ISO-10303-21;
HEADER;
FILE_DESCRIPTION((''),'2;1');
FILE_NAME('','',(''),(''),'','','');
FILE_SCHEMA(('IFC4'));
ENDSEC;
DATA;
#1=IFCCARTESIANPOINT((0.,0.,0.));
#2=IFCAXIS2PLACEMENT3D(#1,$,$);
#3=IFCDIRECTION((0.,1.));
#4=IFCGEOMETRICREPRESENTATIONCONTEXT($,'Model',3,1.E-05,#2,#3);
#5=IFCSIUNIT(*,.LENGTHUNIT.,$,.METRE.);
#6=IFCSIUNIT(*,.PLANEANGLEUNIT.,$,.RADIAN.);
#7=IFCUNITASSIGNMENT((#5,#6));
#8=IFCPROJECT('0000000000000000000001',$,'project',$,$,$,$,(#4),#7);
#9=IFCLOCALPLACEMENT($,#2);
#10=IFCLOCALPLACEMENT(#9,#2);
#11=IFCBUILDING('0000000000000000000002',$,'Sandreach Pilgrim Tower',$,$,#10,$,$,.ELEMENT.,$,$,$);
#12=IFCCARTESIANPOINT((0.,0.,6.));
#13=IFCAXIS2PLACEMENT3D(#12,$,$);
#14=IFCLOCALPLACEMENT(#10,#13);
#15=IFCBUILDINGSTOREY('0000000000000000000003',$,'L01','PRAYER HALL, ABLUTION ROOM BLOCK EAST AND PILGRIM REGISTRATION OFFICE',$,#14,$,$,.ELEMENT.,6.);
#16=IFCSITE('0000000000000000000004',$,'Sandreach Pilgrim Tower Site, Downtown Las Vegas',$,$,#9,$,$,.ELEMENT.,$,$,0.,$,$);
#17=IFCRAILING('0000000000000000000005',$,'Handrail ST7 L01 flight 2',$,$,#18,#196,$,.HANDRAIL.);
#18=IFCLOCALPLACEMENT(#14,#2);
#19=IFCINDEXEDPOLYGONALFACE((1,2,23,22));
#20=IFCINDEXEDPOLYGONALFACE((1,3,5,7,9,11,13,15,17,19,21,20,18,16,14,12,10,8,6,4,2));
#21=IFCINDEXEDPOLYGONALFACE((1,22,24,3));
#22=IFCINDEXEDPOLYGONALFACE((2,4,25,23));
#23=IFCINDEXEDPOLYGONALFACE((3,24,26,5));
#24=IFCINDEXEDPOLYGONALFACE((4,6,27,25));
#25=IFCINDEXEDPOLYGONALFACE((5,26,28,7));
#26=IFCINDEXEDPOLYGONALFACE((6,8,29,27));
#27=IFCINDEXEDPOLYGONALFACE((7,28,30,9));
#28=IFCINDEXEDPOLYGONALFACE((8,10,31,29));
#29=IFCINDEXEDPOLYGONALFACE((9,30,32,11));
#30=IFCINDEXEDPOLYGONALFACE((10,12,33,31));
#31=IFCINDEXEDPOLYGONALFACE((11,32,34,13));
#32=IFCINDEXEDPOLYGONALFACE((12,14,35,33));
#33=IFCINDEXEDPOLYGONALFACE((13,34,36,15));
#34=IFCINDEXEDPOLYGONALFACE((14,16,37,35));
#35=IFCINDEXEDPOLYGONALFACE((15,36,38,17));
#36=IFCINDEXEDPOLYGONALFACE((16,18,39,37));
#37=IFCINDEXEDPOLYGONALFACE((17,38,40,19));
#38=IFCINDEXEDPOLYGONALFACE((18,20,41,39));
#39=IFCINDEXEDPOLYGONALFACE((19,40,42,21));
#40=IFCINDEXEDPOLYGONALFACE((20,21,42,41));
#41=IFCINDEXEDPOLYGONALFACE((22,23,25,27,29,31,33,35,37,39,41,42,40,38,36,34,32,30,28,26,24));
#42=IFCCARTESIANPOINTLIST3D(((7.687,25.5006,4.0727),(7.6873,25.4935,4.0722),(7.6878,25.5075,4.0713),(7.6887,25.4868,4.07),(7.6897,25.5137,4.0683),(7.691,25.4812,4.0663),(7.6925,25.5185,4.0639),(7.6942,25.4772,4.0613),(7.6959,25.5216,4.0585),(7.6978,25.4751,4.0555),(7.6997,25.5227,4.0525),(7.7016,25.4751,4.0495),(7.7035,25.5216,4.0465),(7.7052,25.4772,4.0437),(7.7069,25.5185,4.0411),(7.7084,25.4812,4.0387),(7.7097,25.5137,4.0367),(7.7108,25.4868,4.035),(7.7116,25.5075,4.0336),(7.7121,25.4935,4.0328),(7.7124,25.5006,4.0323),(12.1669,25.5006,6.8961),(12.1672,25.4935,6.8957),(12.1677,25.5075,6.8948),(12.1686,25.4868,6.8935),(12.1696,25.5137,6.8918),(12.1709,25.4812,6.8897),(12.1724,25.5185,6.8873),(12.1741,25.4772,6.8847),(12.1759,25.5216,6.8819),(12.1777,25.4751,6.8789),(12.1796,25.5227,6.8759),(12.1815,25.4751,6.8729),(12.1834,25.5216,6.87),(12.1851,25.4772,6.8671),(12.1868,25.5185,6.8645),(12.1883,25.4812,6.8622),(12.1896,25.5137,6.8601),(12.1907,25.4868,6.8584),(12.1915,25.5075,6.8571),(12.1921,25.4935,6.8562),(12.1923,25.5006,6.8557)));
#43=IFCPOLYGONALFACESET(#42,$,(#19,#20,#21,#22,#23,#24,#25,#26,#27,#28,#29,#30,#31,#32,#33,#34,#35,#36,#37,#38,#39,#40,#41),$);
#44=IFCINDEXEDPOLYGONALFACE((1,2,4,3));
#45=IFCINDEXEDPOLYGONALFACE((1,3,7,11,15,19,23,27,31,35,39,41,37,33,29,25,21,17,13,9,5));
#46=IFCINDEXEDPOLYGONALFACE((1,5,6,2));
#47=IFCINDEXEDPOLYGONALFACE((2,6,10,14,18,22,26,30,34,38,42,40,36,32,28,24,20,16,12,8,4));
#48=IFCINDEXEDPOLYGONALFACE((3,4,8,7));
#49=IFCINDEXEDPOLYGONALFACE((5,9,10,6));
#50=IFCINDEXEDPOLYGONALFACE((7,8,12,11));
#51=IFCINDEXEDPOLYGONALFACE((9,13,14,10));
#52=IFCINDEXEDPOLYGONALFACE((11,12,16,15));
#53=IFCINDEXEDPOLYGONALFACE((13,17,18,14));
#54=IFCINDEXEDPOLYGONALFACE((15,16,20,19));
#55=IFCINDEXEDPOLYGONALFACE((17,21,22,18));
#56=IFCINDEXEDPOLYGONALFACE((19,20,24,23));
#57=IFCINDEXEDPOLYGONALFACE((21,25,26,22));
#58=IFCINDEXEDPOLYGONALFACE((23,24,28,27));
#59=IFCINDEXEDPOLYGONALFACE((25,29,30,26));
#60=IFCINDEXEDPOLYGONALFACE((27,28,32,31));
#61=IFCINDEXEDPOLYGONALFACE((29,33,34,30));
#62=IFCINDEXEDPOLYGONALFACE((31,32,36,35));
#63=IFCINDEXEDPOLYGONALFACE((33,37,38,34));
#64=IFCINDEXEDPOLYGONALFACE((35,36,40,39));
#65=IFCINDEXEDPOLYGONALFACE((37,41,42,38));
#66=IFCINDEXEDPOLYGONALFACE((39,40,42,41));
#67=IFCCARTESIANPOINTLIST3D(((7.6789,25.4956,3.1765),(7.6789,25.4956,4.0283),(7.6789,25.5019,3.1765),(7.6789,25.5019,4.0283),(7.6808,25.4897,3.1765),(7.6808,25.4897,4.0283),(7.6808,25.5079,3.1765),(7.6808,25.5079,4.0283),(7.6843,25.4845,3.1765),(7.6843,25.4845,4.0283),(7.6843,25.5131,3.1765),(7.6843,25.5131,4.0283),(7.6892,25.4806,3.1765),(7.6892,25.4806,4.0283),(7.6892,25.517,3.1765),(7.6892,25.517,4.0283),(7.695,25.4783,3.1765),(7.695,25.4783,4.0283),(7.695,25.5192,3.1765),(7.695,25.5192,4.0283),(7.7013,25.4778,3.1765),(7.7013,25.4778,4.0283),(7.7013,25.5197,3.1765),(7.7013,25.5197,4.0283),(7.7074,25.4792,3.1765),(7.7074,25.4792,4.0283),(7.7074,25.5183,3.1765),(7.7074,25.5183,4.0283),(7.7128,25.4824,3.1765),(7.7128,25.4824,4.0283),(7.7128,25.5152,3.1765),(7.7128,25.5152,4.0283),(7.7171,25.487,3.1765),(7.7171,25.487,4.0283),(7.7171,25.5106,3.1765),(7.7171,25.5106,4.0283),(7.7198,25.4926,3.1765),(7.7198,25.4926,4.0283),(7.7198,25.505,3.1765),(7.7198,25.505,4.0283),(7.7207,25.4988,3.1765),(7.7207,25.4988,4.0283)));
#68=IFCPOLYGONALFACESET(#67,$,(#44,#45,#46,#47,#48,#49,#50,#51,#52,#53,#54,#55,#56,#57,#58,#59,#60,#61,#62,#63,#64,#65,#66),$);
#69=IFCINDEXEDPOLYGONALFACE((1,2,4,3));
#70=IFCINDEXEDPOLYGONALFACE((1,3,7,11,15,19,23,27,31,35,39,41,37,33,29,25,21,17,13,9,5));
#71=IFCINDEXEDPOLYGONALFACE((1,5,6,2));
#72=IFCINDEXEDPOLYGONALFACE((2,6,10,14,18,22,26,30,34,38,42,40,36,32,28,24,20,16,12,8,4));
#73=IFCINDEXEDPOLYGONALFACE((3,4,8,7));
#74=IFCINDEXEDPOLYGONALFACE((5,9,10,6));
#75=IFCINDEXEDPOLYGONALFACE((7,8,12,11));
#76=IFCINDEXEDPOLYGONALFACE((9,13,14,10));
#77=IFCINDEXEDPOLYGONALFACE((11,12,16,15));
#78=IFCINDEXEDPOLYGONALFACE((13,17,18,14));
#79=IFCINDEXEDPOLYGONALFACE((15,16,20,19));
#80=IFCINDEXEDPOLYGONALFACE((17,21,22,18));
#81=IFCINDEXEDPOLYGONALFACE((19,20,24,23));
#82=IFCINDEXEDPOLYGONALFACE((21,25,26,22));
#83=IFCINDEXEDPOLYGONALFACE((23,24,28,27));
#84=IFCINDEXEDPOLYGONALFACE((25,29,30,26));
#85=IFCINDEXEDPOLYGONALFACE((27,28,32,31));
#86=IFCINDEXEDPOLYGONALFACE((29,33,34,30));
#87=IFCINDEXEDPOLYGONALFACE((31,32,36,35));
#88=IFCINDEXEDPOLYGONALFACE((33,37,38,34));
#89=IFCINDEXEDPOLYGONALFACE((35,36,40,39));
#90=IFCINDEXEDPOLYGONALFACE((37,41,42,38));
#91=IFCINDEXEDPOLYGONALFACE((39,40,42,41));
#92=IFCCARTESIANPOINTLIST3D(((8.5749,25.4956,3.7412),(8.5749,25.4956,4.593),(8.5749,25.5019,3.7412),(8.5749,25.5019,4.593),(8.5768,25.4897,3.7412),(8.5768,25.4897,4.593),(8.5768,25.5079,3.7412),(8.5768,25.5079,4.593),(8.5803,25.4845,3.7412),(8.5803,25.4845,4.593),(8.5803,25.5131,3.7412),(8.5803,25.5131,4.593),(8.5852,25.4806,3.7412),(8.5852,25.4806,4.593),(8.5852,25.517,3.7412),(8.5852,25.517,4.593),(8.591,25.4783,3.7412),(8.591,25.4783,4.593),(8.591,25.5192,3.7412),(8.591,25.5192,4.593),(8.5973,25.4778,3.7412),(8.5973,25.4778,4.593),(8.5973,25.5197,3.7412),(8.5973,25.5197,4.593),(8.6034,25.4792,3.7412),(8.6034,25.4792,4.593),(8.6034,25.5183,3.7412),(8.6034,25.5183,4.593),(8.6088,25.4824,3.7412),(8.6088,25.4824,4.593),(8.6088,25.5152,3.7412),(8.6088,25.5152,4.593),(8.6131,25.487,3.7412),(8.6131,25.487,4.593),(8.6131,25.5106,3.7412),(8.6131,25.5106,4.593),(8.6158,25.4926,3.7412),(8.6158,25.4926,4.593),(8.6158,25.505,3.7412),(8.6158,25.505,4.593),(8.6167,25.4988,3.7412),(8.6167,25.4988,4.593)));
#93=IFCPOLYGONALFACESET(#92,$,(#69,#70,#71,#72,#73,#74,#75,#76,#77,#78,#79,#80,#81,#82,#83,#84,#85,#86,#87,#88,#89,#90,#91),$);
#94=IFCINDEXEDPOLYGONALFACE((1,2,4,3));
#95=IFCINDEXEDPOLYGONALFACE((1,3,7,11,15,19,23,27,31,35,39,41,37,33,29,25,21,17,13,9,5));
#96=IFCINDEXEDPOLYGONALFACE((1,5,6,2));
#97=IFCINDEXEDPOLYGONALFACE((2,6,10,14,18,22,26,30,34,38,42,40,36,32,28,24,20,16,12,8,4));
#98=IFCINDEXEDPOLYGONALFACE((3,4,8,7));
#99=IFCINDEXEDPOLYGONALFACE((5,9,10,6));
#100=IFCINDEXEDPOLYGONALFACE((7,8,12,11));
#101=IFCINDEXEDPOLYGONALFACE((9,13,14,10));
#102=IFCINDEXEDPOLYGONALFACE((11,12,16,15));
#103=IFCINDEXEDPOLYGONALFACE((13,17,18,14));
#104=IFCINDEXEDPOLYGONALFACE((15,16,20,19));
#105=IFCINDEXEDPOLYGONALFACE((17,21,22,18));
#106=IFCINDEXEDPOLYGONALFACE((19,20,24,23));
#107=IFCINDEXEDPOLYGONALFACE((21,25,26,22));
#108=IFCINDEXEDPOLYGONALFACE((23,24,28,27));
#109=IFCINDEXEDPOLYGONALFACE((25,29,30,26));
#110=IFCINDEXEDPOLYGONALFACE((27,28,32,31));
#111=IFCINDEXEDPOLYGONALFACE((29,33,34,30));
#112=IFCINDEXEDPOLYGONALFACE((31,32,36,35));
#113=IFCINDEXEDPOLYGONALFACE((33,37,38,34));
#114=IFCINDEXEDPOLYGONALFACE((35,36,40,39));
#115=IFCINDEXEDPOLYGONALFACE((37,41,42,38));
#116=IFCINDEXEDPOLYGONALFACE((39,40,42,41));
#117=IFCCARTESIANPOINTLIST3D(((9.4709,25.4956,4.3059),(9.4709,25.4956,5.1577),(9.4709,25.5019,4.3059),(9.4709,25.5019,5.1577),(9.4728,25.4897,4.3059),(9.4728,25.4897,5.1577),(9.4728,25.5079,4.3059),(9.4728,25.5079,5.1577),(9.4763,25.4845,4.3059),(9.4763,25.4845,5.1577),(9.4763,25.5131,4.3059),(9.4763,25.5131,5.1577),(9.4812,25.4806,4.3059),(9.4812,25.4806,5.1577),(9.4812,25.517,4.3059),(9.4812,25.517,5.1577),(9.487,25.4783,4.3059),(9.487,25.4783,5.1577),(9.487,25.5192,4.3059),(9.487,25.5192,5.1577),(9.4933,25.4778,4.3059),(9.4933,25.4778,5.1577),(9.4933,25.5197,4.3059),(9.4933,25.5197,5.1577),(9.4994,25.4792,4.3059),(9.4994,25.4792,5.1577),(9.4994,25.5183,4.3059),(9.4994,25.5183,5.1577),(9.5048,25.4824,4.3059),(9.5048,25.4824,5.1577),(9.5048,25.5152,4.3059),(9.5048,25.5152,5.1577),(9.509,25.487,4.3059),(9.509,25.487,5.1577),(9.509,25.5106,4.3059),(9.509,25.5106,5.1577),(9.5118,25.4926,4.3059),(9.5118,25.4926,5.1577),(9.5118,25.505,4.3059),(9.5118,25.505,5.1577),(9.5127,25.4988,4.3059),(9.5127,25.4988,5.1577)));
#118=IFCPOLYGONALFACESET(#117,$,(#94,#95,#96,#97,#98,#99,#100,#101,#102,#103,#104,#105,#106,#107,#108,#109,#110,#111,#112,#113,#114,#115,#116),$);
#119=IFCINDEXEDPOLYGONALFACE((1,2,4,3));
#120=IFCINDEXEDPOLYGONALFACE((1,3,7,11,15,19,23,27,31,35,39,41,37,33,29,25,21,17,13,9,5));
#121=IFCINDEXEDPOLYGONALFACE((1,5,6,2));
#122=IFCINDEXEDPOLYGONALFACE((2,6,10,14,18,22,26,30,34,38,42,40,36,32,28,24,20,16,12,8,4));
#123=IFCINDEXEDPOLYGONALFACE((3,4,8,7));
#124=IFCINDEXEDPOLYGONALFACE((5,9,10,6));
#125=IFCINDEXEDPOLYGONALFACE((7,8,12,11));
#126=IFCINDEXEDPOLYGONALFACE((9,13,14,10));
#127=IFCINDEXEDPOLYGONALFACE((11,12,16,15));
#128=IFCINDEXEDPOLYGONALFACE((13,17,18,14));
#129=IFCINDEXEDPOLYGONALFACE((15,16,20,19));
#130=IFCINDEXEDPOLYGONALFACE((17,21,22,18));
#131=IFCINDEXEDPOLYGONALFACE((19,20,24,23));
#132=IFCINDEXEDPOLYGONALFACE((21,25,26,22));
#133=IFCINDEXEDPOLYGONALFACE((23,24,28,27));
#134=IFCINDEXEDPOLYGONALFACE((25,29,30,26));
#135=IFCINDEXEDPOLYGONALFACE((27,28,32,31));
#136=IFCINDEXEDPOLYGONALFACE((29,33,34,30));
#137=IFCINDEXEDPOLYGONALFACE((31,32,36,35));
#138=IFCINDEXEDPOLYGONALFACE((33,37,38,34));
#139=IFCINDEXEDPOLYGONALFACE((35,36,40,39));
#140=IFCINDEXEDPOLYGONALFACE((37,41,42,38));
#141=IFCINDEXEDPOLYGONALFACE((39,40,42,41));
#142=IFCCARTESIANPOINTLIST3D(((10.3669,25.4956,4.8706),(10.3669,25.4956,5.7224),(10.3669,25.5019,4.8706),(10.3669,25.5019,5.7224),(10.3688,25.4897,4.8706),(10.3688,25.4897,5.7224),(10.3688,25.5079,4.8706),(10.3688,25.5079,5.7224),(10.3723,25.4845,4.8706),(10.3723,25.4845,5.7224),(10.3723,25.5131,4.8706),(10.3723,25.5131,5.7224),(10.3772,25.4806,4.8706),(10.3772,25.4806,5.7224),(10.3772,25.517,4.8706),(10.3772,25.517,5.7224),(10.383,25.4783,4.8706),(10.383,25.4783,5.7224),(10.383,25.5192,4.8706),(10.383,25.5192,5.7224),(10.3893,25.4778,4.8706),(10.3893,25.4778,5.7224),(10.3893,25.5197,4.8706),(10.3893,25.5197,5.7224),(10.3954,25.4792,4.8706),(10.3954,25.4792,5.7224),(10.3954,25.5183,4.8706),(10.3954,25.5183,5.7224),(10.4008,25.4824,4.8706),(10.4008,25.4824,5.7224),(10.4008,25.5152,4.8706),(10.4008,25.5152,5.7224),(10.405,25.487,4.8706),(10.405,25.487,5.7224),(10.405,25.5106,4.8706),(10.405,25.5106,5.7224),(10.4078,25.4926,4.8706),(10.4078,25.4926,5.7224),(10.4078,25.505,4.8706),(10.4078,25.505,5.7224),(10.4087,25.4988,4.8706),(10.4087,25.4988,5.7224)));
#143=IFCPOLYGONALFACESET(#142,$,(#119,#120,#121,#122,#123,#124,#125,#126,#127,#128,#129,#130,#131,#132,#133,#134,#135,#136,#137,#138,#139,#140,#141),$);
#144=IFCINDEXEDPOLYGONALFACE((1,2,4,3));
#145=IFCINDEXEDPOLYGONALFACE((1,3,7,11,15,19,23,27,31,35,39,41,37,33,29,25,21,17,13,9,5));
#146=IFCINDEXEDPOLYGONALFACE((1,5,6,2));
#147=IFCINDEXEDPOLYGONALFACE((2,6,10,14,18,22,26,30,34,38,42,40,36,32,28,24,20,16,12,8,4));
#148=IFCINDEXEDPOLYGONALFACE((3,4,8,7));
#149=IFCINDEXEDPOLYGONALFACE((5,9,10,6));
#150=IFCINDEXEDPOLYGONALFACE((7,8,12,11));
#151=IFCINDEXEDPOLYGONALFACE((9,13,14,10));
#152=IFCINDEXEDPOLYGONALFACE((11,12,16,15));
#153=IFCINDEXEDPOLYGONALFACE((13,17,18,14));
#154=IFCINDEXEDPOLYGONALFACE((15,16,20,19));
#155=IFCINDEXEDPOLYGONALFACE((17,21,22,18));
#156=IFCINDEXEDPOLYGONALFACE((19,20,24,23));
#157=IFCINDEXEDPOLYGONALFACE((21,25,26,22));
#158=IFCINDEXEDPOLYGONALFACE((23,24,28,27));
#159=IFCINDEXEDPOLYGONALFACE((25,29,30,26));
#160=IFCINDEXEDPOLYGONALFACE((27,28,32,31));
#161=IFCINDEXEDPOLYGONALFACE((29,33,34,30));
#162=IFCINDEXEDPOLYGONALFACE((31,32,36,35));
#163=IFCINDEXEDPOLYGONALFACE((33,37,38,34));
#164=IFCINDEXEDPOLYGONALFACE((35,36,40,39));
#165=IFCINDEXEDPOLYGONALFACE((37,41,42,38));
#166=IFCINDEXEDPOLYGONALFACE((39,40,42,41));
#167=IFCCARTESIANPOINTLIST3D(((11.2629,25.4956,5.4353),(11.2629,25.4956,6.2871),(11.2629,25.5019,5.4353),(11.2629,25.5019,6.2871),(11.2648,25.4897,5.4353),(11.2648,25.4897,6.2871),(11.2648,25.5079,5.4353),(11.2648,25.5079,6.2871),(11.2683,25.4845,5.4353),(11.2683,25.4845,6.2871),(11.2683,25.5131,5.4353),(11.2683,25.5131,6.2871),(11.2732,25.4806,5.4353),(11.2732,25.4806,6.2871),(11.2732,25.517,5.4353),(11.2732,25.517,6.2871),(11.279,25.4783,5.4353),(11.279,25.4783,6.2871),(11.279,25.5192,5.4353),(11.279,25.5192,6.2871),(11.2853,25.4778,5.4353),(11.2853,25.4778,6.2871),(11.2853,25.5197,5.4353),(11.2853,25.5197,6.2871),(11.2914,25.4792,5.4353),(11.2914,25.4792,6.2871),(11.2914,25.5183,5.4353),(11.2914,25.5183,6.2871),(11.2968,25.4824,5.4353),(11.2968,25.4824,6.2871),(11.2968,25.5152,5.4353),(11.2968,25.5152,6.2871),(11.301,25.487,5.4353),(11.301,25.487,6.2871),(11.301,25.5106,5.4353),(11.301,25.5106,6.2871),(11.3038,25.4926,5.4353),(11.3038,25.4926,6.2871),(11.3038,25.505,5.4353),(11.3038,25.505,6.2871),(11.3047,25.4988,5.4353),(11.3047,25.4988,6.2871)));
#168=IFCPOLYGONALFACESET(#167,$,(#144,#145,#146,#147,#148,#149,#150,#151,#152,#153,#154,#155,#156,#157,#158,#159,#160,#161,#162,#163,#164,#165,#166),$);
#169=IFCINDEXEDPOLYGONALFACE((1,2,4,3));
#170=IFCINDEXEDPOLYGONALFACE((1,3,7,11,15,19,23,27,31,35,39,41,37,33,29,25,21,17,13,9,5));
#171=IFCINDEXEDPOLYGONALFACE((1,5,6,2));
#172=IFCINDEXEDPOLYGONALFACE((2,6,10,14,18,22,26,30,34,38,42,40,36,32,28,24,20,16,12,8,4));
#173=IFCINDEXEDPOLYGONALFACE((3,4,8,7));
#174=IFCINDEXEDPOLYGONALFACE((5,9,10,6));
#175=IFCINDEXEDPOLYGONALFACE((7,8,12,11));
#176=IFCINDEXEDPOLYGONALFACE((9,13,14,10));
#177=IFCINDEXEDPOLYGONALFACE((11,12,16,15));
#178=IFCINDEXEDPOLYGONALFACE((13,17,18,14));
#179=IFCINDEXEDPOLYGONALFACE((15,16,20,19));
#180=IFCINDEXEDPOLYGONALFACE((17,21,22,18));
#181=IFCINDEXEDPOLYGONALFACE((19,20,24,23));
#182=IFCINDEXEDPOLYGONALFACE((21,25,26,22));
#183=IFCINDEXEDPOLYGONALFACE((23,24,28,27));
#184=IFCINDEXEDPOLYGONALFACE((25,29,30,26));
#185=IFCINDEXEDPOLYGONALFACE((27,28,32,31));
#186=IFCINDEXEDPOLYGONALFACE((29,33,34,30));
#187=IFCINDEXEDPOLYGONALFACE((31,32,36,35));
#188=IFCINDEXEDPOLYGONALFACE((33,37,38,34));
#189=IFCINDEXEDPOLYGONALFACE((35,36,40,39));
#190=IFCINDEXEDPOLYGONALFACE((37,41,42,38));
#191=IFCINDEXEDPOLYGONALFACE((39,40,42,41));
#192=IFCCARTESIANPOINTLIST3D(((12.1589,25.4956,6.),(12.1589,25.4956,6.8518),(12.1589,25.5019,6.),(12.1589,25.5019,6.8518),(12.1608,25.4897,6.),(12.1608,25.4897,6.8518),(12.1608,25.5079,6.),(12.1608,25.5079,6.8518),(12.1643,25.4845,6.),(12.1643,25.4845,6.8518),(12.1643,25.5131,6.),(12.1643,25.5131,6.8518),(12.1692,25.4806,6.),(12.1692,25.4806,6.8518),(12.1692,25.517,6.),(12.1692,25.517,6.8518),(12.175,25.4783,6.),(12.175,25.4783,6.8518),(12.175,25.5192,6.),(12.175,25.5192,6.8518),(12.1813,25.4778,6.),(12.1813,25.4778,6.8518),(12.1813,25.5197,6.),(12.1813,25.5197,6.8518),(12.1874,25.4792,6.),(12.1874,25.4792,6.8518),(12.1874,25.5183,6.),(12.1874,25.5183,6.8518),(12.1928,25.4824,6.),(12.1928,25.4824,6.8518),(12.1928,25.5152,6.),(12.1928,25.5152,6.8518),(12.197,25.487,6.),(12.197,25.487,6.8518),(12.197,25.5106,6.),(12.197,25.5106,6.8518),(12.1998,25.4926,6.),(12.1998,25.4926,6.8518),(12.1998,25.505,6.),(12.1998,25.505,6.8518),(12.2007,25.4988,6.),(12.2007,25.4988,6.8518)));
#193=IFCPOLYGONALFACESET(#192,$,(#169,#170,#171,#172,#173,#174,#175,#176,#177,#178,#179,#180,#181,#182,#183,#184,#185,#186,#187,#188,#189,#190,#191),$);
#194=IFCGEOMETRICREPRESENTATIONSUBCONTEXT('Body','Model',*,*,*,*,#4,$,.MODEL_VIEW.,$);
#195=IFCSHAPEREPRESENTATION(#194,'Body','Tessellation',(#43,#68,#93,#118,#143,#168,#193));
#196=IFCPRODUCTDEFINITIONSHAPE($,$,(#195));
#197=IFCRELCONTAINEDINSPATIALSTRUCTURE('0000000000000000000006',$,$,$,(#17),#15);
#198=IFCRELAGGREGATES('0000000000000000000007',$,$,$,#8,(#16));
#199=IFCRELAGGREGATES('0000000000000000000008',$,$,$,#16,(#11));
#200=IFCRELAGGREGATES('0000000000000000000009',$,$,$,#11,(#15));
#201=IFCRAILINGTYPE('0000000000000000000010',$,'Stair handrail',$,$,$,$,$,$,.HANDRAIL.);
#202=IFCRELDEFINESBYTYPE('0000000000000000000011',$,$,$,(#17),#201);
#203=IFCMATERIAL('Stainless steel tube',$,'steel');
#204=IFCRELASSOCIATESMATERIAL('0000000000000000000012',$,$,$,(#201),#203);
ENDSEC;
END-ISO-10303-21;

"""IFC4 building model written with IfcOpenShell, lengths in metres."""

from ifc_helpers import new_model, si_unit, direction, frame, origin, origin_2d, place, context, subcontext, project, spatial, circle, extrude, material, type_object, element, save


model = new_model("IFC4")

# Units and contexts
model_context = context("Model", 3, precision=1e-05, world=origin(), true_north=direction((0.0, 1.0)))
body_context = subcontext(model_context, "Body", "Model", "MODEL_VIEW")
ifc_project = project(units=[si_unit("LENGTHUNIT", "METRE"), si_unit("PLANEANGLEUNIT", "RADIAN")], contexts=[model_context])

# Site, building, storey
site_placement = place(None, origin())
site = spatial("IfcSite", under=ifc_project, at=site_placement, Name="Sandreach Pilgrim Tower Site, Downtown Las Vegas", CompositionType="ELEMENT", RefElevation=0.0)
building_placement = place(site_placement, origin())
building = spatial("IfcBuilding", under=site, at=building_placement, Name="Sandreach Pilgrim Tower", CompositionType="ELEMENT")
storey_placement = place(building_placement, frame((0.0, 0.0, 6.0)))
storey = spatial("IfcBuildingStorey", under=building, at=storey_placement, Name="L01", Description="PRAYER HALL, ABLUTION ROOM BLOCK EAST AND PILGRIM REGISTRATION OFFICE", CompositionType="ELEMENT", Elevation=6.0)

# Railing
ifc_material_1 = material(Name="Stainless steel tube", Category="steel")
railing_type = type_object("IfcRailingType", Name="Stair handrail", PredefinedType="HANDRAIL", material=ifc_material_1)
for number, where, name in (
    (1, (7.6997, 25.4988, 3.1765), "Handrail ST7 L01 flight 2"),
):
    element("IfcRailing", number, at=place(storey_placement, frame(where)), inside=storey, type_object=railing_type, Name=name, PredefinedType="HANDRAIL", context=body_context, shape_type="SweptSolid", body=[
        extrude(circle(Radius=0.0239, at=origin_2d()), frame((0.0, 0.0, 0.876), z_axis=(0.845998, 0.0, 0.533186), x_axis=(0.0, 1.0, 0.0)), (0.0, 0.0, 1.0), 5.2954),
        extrude(circle(Radius=0.021, at=origin_2d()), origin(), (0.0, 0.0, 1.0), 0.8518),
        extrude(circle(Radius=0.021, at=origin_2d()), frame((0.896, 0.0, 0.5647)), (0.0, 0.0, 1.0), 0.8518),
        extrude(circle(Radius=0.021, at=origin_2d()), frame((1.792, 0.0, 1.1294)), (0.0, 0.0, 1.0), 0.8518),
        extrude(circle(Radius=0.021, at=origin_2d()), frame((2.688, 0.0, 1.6941)), (0.0, 0.0, 1.0), 0.8518),
        extrude(circle(Radius=0.021, at=origin_2d()), frame((3.584, 0.0, 2.2588)), (0.0, 0.0, 1.0), 0.8518),
        extrude(circle(Radius=0.021, at=origin_2d()), frame((4.48, 0.0, 2.8235)), (0.0, 0.0, 1.0), 0.8518),
    ])

save(model, "model.ifc")
